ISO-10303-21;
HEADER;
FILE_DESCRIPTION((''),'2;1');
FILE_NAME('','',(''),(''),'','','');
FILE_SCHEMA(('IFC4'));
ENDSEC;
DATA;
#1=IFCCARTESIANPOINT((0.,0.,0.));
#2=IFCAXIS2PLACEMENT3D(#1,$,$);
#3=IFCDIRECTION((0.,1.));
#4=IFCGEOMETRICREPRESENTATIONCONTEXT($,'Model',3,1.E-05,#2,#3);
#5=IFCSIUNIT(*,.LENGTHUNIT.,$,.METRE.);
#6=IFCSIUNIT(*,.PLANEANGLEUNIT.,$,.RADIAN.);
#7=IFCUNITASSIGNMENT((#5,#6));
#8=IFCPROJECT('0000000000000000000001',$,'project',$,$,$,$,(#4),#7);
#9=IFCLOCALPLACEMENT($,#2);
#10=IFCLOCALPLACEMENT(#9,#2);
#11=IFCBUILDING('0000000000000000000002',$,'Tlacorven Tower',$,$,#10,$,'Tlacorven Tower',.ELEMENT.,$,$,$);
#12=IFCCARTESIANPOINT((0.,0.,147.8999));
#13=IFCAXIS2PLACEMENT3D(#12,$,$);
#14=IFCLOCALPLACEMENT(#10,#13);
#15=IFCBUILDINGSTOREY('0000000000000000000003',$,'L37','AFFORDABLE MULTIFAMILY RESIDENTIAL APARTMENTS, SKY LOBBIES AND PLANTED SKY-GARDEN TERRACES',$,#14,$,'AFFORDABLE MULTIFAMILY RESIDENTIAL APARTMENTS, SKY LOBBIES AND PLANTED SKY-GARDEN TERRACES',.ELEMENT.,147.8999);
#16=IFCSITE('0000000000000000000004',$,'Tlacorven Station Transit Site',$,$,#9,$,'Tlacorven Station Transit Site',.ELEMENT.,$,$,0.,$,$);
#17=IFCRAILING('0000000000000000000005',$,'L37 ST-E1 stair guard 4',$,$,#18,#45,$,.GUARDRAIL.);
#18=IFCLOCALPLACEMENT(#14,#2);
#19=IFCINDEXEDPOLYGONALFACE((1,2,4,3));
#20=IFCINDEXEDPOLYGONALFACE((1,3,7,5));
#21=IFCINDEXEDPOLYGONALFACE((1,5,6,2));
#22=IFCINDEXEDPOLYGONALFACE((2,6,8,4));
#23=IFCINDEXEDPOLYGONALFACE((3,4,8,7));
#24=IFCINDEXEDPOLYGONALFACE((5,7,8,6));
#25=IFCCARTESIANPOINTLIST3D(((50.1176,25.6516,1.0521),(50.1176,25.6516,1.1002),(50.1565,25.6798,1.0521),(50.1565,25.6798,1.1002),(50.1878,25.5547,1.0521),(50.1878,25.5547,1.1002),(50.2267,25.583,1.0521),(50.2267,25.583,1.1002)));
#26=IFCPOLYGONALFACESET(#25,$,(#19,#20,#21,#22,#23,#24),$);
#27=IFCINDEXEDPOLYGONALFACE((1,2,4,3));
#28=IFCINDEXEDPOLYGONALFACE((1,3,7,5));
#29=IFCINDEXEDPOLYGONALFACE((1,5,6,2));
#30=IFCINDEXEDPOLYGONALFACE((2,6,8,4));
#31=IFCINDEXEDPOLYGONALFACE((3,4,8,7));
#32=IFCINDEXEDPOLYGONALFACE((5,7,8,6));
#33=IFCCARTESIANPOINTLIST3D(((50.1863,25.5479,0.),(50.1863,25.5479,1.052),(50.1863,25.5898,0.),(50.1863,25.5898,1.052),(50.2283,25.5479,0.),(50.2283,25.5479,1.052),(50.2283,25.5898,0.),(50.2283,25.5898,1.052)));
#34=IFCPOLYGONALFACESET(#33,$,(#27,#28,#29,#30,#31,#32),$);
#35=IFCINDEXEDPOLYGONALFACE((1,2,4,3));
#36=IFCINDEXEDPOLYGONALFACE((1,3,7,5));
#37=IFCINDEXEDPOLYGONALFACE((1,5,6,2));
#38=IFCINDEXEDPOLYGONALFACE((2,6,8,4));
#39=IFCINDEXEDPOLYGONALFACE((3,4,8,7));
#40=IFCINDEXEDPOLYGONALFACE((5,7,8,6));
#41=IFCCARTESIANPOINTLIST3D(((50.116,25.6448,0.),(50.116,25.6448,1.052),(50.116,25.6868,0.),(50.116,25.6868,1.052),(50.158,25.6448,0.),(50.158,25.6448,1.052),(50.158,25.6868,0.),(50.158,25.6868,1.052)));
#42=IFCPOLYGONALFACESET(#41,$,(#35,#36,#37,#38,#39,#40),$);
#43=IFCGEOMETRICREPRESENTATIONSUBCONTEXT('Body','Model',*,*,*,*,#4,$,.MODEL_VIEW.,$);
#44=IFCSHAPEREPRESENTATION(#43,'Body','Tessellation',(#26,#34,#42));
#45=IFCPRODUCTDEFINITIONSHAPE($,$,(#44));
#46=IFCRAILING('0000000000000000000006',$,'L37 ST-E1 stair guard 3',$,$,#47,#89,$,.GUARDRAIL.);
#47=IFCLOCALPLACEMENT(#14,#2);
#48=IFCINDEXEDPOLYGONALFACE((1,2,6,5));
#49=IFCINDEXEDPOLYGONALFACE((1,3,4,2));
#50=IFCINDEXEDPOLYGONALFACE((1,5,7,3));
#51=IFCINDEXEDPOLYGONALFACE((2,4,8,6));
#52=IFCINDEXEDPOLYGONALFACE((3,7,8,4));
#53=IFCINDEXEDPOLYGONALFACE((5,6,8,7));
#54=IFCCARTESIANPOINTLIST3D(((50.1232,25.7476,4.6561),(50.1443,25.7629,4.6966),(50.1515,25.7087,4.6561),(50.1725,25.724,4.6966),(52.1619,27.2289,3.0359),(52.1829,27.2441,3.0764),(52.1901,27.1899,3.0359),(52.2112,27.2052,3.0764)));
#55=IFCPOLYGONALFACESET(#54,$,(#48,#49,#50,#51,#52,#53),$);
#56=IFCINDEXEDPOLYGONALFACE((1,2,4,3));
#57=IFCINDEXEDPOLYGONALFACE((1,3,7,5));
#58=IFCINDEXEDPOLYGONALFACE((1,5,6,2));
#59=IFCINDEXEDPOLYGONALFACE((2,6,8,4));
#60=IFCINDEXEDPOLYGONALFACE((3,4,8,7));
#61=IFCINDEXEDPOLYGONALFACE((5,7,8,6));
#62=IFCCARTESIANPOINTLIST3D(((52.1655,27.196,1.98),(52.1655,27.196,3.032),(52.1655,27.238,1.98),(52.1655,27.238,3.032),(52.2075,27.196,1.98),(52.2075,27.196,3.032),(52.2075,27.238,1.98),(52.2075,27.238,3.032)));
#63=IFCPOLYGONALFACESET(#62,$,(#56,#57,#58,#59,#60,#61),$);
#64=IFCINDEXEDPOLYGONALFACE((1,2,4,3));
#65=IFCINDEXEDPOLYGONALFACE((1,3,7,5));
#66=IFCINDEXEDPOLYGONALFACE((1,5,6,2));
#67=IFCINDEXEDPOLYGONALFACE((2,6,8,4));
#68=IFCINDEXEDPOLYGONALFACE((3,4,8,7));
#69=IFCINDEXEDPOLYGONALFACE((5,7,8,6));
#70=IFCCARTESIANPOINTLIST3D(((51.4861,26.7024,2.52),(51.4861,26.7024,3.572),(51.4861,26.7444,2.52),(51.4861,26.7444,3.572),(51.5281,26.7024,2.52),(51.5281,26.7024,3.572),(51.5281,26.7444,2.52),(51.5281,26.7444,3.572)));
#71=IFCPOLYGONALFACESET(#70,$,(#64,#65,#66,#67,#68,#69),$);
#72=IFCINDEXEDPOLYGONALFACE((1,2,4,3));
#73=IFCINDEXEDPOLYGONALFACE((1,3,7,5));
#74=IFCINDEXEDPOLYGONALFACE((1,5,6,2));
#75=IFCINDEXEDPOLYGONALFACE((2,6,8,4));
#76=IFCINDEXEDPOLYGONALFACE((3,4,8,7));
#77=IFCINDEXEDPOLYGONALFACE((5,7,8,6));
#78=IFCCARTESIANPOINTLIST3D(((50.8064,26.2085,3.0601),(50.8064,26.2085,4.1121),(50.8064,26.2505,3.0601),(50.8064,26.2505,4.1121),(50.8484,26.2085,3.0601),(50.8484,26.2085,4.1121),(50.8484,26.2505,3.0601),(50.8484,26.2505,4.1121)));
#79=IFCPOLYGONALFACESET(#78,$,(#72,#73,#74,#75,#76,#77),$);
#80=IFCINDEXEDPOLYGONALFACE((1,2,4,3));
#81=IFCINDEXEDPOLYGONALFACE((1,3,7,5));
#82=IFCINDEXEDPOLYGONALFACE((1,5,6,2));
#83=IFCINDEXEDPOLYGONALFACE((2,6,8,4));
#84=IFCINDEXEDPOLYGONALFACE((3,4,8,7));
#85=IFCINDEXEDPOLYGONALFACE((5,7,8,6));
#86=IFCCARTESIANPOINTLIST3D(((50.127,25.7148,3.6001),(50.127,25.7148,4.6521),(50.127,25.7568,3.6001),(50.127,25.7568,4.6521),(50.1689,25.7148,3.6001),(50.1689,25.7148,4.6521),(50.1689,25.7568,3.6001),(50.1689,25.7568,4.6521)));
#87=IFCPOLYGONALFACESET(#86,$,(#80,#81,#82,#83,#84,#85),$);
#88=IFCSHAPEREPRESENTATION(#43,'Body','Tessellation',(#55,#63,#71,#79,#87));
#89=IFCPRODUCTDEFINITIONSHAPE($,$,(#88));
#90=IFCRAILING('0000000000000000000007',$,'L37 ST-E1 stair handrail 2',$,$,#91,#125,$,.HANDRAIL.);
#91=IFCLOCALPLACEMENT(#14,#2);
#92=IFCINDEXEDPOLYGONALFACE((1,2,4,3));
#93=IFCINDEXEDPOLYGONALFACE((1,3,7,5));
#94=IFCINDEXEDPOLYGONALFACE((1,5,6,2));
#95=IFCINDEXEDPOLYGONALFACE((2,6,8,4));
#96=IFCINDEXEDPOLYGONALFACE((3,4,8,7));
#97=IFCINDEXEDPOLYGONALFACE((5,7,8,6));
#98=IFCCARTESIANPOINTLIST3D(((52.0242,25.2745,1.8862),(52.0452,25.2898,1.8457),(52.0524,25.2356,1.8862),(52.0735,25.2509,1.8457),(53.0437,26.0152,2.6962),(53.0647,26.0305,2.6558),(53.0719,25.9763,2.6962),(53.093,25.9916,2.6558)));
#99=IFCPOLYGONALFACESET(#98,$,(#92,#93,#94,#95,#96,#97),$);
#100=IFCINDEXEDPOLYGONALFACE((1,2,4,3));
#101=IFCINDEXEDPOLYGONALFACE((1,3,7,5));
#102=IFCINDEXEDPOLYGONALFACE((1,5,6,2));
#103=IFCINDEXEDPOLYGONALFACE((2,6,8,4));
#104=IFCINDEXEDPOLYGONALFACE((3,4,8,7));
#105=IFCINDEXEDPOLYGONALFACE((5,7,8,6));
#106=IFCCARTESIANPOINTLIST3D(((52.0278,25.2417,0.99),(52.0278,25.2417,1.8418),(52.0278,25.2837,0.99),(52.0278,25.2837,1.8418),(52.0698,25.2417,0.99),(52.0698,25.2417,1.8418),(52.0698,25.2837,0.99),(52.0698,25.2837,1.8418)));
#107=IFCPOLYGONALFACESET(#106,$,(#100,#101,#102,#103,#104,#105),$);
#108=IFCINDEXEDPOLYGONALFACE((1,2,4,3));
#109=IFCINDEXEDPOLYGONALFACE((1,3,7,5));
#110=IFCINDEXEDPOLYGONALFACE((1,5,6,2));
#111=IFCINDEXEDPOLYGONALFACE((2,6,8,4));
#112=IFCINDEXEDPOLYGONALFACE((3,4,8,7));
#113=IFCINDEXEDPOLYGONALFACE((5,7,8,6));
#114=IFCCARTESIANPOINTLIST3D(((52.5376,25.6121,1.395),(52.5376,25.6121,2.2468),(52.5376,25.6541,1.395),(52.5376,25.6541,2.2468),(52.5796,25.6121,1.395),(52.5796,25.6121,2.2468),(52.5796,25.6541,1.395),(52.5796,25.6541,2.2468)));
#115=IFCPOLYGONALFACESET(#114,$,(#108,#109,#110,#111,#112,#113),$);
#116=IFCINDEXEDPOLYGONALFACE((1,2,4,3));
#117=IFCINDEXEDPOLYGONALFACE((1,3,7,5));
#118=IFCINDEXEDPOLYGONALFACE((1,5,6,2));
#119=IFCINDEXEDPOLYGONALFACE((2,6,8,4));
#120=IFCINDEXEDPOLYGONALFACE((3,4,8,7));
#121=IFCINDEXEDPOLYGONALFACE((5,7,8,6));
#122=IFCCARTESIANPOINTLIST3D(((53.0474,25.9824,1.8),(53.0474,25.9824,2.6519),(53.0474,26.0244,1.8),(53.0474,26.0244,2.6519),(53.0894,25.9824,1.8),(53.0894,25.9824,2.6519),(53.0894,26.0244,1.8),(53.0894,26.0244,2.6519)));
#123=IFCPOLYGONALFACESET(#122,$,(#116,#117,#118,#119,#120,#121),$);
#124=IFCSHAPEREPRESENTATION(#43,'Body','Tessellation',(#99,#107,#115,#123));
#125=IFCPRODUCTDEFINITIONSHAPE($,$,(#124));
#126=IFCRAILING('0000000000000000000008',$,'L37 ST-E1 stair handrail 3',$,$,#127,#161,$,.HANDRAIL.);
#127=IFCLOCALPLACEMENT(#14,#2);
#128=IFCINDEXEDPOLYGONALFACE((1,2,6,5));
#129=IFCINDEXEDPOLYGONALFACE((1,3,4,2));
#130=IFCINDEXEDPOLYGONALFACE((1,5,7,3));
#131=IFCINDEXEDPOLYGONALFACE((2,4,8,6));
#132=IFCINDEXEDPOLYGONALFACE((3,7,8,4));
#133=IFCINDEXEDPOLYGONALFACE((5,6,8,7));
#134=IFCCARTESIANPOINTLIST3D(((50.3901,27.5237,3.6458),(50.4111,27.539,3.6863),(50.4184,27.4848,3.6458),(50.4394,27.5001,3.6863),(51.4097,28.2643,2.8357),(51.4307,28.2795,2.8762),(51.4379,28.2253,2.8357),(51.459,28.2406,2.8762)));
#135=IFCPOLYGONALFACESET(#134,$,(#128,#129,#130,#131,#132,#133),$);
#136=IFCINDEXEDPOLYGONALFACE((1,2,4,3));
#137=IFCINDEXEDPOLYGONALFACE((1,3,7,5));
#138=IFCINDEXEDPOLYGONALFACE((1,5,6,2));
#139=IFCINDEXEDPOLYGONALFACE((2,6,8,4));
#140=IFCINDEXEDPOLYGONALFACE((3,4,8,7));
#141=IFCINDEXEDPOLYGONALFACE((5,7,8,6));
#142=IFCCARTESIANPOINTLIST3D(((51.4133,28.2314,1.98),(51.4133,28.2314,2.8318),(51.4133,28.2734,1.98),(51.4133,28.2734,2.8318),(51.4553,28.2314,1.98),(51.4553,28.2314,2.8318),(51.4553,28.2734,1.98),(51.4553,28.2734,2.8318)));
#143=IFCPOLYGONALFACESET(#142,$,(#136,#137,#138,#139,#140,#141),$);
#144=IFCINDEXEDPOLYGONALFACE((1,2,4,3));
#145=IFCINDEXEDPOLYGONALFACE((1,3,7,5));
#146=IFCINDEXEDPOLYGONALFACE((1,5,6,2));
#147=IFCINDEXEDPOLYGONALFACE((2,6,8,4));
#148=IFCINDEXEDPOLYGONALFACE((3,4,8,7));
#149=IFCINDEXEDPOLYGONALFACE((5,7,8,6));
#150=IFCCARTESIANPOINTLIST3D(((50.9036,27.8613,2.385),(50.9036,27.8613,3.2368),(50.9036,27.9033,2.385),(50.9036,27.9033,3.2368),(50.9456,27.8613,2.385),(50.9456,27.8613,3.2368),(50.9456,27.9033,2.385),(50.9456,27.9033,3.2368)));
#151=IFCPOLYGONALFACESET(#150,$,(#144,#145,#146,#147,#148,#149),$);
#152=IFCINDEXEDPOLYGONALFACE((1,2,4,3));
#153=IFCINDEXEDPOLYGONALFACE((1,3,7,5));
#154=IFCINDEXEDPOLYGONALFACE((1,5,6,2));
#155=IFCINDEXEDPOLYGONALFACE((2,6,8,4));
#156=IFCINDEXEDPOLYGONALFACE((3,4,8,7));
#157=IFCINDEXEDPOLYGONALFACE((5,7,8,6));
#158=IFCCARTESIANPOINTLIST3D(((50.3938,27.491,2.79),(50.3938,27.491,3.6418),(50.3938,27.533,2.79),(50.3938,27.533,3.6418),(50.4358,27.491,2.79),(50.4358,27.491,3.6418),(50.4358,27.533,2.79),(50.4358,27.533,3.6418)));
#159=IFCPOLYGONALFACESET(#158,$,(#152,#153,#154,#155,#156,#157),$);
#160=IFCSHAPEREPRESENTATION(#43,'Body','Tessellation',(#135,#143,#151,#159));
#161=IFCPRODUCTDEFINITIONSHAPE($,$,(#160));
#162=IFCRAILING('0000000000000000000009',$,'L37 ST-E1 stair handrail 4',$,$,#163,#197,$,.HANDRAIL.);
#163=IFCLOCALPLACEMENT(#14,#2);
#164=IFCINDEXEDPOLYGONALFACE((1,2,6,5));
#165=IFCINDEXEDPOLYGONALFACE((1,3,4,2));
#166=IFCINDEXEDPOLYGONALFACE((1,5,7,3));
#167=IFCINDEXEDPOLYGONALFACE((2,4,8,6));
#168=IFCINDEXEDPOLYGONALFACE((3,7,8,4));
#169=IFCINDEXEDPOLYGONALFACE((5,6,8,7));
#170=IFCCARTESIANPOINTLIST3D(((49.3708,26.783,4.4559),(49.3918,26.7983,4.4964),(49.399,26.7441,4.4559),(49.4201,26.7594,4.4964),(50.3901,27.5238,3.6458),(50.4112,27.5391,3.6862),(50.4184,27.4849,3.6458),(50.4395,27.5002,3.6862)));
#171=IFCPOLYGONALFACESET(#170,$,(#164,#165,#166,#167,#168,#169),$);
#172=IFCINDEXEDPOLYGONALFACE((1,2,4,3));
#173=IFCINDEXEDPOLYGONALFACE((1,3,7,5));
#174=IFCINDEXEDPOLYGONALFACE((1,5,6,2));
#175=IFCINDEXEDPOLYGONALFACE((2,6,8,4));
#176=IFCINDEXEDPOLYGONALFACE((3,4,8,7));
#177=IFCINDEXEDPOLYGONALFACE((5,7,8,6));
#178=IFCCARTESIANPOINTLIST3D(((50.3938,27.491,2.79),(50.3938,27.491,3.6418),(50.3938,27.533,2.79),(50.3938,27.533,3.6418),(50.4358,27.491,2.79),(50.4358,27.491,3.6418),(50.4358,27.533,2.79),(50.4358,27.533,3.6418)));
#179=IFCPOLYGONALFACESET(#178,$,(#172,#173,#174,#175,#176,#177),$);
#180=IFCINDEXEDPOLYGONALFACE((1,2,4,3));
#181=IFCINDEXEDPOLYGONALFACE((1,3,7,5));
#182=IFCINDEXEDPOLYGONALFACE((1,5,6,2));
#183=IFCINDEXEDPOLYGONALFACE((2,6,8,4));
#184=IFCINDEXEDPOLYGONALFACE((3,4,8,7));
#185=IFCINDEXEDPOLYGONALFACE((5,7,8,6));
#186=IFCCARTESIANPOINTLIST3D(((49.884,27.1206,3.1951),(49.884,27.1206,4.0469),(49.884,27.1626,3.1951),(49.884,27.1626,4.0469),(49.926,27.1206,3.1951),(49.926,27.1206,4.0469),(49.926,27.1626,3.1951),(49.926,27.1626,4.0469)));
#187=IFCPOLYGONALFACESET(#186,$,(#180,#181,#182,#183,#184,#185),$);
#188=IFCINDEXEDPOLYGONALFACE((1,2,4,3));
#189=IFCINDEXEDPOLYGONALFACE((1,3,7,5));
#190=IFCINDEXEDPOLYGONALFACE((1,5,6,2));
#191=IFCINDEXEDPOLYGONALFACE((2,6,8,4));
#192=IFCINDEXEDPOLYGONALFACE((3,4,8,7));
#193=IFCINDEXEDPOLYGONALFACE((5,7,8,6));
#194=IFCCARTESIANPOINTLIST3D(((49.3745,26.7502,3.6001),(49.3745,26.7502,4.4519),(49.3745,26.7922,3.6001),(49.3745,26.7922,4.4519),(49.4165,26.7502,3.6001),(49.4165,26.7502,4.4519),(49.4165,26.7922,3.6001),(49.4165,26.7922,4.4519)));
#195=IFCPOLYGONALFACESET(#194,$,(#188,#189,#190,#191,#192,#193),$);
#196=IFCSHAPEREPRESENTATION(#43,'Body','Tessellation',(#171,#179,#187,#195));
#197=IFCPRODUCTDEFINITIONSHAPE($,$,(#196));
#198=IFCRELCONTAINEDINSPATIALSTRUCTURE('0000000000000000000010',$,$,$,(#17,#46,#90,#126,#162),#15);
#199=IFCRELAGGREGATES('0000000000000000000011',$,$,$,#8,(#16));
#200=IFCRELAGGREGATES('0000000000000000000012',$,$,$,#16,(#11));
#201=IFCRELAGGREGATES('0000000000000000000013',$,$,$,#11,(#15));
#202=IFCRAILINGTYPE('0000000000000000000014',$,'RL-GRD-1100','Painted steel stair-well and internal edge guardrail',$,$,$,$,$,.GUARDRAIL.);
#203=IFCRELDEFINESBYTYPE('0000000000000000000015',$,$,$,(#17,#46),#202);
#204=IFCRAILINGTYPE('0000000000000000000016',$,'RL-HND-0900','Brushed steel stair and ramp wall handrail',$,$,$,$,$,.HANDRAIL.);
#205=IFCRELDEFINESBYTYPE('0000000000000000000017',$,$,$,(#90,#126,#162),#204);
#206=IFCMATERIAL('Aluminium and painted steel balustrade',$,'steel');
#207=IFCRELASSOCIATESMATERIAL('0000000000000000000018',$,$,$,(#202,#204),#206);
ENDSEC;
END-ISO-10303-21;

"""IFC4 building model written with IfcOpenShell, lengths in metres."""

from ifc_helpers import new_model, si_unit, direction, frame, origin, origin_2d, place, context, subcontext, project, spatial, rectangle, extrude, source, transform, mapped, material, type_object, element, save


model = new_model("IFC4")

# Units and contexts
model_context = context("Model", 3, precision=1e-05, world=origin(), true_north=direction((0.0, 1.0)))
body_context = subcontext(model_context, "Body", "Model", "MODEL_VIEW")
ifc_project = project(units=[si_unit("LENGTHUNIT", "METRE"), si_unit("PLANEANGLEUNIT", "RADIAN")], contexts=[model_context])

# Site, building, storey
site_placement = place(None, origin())
site = spatial("IfcSite", under=ifc_project, at=site_placement, Name="Tlacorven Station Transit Site", LongName="Tlacorven Station Transit Site", CompositionType="ELEMENT", RefElevation=0.0)
building_placement = place(site_placement, origin())
building = spatial("IfcBuilding", under=site, at=building_placement, Name="Tlacorven Tower", LongName="Tlacorven Tower", CompositionType="ELEMENT")
storey_placement = place(building_placement, frame((0.0, 0.0, 147.8999)))
storey = spatial("IfcBuildingStorey", under=building, at=storey_placement, Name="L37", Description="AFFORDABLE MULTIFAMILY RESIDENTIAL APARTMENTS, SKY LOBBIES AND PLANTED SKY-GARDEN TERRACES", LongName="AFFORDABLE MULTIFAMILY RESIDENTIAL APARTMENTS, SKY LOBBIES AND PLANTED SKY-GARDEN TERRACES", CompositionType="ELEMENT", Elevation=147.8999)

# Shared definitions
ifc_material_1 = material(Name="Aluminium and painted steel balustrade", Category="steel")

# Railings
railing_type_1 = type_object("IfcRailingType", Name="RL-GRD-1100", Description="Painted steel stair-well and internal edge guardrail", PredefinedType="GUARDRAIL", material=ifc_material_1)
shared_shape_1 = source(origin(), body_context, "Body", "SweptSolid", [
    extrude(rectangle(XDim=0.0481, YDim=0.0481, at=origin_2d()), frame((0.0, 0.0, 1.0762), z_axis=(-0.587201, 0.809441, 0.0), x_axis=(-0.809441, -0.587201, 0.0)), (0.0, 0.0, 1.0), 0.1196),
    extrude(rectangle(XDim=0.042, YDim=0.042, at=origin_2d()), origin(), (0.0, 0.0, 1.0), 1.052),
    extrude(rectangle(XDim=0.042, YDim=0.042, at=origin_2d()), frame((-0.0703, 0.0969, 0.0)), (0.0, 0.0, 1.0), 1.052),
])
for number, where, name in (
    (1, (50.2073, 25.5688, 0.0), "L37 ST-E1 stair guard 4"),
):
    element("IfcRailing", number, at=place(storey_placement, frame(where)), inside=storey, type_object=railing_type_1, Name=name, PredefinedType="GUARDRAIL", context=body_context, shape_type="MappedRepresentation", body=[
        mapped(shared_shape_1, transform((0.0, 0.0, 0.0), scale=1.0)),
    ])
shared_shape_2 = source(origin(), body_context, "Body", "SweptSolid", [
    extrude(rectangle(XDim=0.0481, YDim=0.0481, at=origin_2d()), frame((0.0, 0.0, 1.0762), z_axis=(-0.680489, -0.494434, 0.540805), x_axis=(0.587809, -0.809, 0.0)), (0.0, 0.0, 1.0), 2.9958),
    extrude(rectangle(XDim=0.042, YDim=0.042, at=origin_2d()), origin(), (0.0, 0.0, 1.0), 1.052),
    extrude(rectangle(XDim=0.042, YDim=0.042, at=origin_2d()), frame((-0.6794, -0.4937, 0.54)), (0.0, 0.0, 1.0), 1.052),
    extrude(rectangle(XDim=0.042, YDim=0.042, at=origin_2d()), frame((-1.3591, -0.9875, 1.0801)), (0.0, 0.0, 1.0), 1.052),
    extrude(rectangle(XDim=0.042, YDim=0.042, at=origin_2d()), frame((-2.0386, -1.4812, 1.6201)), (0.0, 0.0, 1.0), 1.052),
])
railing_1_placement = place(storey_placement, frame((52.1865, 27.217, 1.98)))
element("IfcRailing", 2, at=railing_1_placement, inside=storey, type_object=railing_type_1, Name="L37 ST-E1 stair guard 3", PredefinedType="GUARDRAIL", context=body_context, shape_type="MappedRepresentation", body=[
    mapped(shared_shape_2, transform((0.0, 0.0, 0.0), scale=1.0)),
])
railing_type_2 = type_object("IfcRailingType", Name="RL-HND-0900", Description="Brushed steel stair and ramp wall handrail", PredefinedType="HANDRAIL", material=ifc_material_1)
shared_shape_3 = source(origin(), body_context, "Body", "SweptSolid", [
    extrude(rectangle(XDim=0.0481, YDim=0.0481, at=origin_2d()), frame((0.0, 0.0, 0.876), z_axis=(0.680549, 0.494441, 0.540723), x_axis=(-0.58778, 0.809021, 0.0)), (0.0, 0.0, 1.0), 1.498),
    extrude(rectangle(XDim=0.042, YDim=0.042, at=origin_2d()), origin(), (0.0, 0.0, 1.0), 0.8518),
    extrude(rectangle(XDim=0.042, YDim=0.042, at=origin_2d()), frame((0.5098, 0.3704, 0.405)), (0.0, 0.0, 1.0), 0.8518),
    extrude(rectangle(XDim=0.042, YDim=0.042, at=origin_2d()), frame((1.0195, 0.7407, 0.8101)), (0.0, 0.0, 1.0), 0.8518),
])
railing_2_placement = place(storey_placement, frame((52.0488, 25.2627, 0.99)))
element("IfcRailing", 3, at=railing_2_placement, inside=storey, type_object=railing_type_2, Name="L37 ST-E1 stair handrail 2", PredefinedType="HANDRAIL", context=body_context, shape_type="MappedRepresentation", body=[
    mapped(shared_shape_3, transform((0.0, 0.0, 0.0), scale=1.0)),
])
shared_shape_4 = source(origin(), body_context, "Body", "SweptSolid", [
    extrude(rectangle(XDim=0.0481, YDim=0.0481, at=origin_2d()), frame((0.0, 0.0, 0.876), z_axis=(-0.680604, -0.494318, 0.540767), x_axis=(0.587653, -0.809113, 0.0)), (0.0, 0.0, 1.0), 1.498),
    extrude(rectangle(XDim=0.042, YDim=0.042, at=origin_2d()), origin(), (0.0, 0.0, 1.0), 0.8518),
    extrude(rectangle(XDim=0.042, YDim=0.042, at=origin_2d()), frame((-0.5098, -0.3701, 0.405)), (0.0, 0.0, 1.0), 0.8518),
    extrude(rectangle(XDim=0.042, YDim=0.042, at=origin_2d()), frame((-1.0195, -0.7405, 0.8101)), (0.0, 0.0, 1.0), 0.8518),
])
railing_3_placement = place(storey_placement, frame((51.4343, 28.2524, 1.98)))
element("IfcRailing", 4, at=railing_3_placement, inside=storey, type_object=railing_type_2, Name="L37 ST-E1 stair handrail 3", PredefinedType="HANDRAIL", context=body_context, shape_type="MappedRepresentation", body=[
    mapped(shared_shape_4, transform((0.0, 0.0, 0.0), scale=1.0)),
])
shared_shape_5 = source(origin(), body_context, "Body", "SweptSolid", [
    extrude(rectangle(XDim=0.0481, YDim=0.0481, at=origin_2d()), frame((0.0, 0.0, 0.876), z_axis=(-0.680461, -0.494496, 0.540783), x_axis=(0.587872, -0.808954, 0.0)), (0.0, 0.0, 1.0), 1.498),
    extrude(rectangle(XDim=0.042, YDim=0.042, at=origin_2d()), origin(), (0.0, 0.0, 1.0), 0.8518),
    extrude(rectangle(XDim=0.042, YDim=0.042, at=origin_2d()), frame((-0.5098, -0.3704, 0.405)), (0.0, 0.0, 1.0), 0.8518),
    extrude(rectangle(XDim=0.042, YDim=0.042, at=origin_2d()), frame((-1.0193, -0.7407, 0.8101)), (0.0, 0.0, 1.0), 0.8518),
])
railing_4_placement = place(storey_placement, frame((50.4148, 27.512, 2.79)))
element("IfcRailing", 5, at=railing_4_placement, inside=storey, type_object=railing_type_2, Name="L37 ST-E1 stair handrail 4", PredefinedType="HANDRAIL", context=body_context, shape_type="MappedRepresentation", body=[
    mapped(shared_shape_5, transform((0.0, 0.0, 0.0), scale=1.0)),
])

save(model, "model.ifc")
